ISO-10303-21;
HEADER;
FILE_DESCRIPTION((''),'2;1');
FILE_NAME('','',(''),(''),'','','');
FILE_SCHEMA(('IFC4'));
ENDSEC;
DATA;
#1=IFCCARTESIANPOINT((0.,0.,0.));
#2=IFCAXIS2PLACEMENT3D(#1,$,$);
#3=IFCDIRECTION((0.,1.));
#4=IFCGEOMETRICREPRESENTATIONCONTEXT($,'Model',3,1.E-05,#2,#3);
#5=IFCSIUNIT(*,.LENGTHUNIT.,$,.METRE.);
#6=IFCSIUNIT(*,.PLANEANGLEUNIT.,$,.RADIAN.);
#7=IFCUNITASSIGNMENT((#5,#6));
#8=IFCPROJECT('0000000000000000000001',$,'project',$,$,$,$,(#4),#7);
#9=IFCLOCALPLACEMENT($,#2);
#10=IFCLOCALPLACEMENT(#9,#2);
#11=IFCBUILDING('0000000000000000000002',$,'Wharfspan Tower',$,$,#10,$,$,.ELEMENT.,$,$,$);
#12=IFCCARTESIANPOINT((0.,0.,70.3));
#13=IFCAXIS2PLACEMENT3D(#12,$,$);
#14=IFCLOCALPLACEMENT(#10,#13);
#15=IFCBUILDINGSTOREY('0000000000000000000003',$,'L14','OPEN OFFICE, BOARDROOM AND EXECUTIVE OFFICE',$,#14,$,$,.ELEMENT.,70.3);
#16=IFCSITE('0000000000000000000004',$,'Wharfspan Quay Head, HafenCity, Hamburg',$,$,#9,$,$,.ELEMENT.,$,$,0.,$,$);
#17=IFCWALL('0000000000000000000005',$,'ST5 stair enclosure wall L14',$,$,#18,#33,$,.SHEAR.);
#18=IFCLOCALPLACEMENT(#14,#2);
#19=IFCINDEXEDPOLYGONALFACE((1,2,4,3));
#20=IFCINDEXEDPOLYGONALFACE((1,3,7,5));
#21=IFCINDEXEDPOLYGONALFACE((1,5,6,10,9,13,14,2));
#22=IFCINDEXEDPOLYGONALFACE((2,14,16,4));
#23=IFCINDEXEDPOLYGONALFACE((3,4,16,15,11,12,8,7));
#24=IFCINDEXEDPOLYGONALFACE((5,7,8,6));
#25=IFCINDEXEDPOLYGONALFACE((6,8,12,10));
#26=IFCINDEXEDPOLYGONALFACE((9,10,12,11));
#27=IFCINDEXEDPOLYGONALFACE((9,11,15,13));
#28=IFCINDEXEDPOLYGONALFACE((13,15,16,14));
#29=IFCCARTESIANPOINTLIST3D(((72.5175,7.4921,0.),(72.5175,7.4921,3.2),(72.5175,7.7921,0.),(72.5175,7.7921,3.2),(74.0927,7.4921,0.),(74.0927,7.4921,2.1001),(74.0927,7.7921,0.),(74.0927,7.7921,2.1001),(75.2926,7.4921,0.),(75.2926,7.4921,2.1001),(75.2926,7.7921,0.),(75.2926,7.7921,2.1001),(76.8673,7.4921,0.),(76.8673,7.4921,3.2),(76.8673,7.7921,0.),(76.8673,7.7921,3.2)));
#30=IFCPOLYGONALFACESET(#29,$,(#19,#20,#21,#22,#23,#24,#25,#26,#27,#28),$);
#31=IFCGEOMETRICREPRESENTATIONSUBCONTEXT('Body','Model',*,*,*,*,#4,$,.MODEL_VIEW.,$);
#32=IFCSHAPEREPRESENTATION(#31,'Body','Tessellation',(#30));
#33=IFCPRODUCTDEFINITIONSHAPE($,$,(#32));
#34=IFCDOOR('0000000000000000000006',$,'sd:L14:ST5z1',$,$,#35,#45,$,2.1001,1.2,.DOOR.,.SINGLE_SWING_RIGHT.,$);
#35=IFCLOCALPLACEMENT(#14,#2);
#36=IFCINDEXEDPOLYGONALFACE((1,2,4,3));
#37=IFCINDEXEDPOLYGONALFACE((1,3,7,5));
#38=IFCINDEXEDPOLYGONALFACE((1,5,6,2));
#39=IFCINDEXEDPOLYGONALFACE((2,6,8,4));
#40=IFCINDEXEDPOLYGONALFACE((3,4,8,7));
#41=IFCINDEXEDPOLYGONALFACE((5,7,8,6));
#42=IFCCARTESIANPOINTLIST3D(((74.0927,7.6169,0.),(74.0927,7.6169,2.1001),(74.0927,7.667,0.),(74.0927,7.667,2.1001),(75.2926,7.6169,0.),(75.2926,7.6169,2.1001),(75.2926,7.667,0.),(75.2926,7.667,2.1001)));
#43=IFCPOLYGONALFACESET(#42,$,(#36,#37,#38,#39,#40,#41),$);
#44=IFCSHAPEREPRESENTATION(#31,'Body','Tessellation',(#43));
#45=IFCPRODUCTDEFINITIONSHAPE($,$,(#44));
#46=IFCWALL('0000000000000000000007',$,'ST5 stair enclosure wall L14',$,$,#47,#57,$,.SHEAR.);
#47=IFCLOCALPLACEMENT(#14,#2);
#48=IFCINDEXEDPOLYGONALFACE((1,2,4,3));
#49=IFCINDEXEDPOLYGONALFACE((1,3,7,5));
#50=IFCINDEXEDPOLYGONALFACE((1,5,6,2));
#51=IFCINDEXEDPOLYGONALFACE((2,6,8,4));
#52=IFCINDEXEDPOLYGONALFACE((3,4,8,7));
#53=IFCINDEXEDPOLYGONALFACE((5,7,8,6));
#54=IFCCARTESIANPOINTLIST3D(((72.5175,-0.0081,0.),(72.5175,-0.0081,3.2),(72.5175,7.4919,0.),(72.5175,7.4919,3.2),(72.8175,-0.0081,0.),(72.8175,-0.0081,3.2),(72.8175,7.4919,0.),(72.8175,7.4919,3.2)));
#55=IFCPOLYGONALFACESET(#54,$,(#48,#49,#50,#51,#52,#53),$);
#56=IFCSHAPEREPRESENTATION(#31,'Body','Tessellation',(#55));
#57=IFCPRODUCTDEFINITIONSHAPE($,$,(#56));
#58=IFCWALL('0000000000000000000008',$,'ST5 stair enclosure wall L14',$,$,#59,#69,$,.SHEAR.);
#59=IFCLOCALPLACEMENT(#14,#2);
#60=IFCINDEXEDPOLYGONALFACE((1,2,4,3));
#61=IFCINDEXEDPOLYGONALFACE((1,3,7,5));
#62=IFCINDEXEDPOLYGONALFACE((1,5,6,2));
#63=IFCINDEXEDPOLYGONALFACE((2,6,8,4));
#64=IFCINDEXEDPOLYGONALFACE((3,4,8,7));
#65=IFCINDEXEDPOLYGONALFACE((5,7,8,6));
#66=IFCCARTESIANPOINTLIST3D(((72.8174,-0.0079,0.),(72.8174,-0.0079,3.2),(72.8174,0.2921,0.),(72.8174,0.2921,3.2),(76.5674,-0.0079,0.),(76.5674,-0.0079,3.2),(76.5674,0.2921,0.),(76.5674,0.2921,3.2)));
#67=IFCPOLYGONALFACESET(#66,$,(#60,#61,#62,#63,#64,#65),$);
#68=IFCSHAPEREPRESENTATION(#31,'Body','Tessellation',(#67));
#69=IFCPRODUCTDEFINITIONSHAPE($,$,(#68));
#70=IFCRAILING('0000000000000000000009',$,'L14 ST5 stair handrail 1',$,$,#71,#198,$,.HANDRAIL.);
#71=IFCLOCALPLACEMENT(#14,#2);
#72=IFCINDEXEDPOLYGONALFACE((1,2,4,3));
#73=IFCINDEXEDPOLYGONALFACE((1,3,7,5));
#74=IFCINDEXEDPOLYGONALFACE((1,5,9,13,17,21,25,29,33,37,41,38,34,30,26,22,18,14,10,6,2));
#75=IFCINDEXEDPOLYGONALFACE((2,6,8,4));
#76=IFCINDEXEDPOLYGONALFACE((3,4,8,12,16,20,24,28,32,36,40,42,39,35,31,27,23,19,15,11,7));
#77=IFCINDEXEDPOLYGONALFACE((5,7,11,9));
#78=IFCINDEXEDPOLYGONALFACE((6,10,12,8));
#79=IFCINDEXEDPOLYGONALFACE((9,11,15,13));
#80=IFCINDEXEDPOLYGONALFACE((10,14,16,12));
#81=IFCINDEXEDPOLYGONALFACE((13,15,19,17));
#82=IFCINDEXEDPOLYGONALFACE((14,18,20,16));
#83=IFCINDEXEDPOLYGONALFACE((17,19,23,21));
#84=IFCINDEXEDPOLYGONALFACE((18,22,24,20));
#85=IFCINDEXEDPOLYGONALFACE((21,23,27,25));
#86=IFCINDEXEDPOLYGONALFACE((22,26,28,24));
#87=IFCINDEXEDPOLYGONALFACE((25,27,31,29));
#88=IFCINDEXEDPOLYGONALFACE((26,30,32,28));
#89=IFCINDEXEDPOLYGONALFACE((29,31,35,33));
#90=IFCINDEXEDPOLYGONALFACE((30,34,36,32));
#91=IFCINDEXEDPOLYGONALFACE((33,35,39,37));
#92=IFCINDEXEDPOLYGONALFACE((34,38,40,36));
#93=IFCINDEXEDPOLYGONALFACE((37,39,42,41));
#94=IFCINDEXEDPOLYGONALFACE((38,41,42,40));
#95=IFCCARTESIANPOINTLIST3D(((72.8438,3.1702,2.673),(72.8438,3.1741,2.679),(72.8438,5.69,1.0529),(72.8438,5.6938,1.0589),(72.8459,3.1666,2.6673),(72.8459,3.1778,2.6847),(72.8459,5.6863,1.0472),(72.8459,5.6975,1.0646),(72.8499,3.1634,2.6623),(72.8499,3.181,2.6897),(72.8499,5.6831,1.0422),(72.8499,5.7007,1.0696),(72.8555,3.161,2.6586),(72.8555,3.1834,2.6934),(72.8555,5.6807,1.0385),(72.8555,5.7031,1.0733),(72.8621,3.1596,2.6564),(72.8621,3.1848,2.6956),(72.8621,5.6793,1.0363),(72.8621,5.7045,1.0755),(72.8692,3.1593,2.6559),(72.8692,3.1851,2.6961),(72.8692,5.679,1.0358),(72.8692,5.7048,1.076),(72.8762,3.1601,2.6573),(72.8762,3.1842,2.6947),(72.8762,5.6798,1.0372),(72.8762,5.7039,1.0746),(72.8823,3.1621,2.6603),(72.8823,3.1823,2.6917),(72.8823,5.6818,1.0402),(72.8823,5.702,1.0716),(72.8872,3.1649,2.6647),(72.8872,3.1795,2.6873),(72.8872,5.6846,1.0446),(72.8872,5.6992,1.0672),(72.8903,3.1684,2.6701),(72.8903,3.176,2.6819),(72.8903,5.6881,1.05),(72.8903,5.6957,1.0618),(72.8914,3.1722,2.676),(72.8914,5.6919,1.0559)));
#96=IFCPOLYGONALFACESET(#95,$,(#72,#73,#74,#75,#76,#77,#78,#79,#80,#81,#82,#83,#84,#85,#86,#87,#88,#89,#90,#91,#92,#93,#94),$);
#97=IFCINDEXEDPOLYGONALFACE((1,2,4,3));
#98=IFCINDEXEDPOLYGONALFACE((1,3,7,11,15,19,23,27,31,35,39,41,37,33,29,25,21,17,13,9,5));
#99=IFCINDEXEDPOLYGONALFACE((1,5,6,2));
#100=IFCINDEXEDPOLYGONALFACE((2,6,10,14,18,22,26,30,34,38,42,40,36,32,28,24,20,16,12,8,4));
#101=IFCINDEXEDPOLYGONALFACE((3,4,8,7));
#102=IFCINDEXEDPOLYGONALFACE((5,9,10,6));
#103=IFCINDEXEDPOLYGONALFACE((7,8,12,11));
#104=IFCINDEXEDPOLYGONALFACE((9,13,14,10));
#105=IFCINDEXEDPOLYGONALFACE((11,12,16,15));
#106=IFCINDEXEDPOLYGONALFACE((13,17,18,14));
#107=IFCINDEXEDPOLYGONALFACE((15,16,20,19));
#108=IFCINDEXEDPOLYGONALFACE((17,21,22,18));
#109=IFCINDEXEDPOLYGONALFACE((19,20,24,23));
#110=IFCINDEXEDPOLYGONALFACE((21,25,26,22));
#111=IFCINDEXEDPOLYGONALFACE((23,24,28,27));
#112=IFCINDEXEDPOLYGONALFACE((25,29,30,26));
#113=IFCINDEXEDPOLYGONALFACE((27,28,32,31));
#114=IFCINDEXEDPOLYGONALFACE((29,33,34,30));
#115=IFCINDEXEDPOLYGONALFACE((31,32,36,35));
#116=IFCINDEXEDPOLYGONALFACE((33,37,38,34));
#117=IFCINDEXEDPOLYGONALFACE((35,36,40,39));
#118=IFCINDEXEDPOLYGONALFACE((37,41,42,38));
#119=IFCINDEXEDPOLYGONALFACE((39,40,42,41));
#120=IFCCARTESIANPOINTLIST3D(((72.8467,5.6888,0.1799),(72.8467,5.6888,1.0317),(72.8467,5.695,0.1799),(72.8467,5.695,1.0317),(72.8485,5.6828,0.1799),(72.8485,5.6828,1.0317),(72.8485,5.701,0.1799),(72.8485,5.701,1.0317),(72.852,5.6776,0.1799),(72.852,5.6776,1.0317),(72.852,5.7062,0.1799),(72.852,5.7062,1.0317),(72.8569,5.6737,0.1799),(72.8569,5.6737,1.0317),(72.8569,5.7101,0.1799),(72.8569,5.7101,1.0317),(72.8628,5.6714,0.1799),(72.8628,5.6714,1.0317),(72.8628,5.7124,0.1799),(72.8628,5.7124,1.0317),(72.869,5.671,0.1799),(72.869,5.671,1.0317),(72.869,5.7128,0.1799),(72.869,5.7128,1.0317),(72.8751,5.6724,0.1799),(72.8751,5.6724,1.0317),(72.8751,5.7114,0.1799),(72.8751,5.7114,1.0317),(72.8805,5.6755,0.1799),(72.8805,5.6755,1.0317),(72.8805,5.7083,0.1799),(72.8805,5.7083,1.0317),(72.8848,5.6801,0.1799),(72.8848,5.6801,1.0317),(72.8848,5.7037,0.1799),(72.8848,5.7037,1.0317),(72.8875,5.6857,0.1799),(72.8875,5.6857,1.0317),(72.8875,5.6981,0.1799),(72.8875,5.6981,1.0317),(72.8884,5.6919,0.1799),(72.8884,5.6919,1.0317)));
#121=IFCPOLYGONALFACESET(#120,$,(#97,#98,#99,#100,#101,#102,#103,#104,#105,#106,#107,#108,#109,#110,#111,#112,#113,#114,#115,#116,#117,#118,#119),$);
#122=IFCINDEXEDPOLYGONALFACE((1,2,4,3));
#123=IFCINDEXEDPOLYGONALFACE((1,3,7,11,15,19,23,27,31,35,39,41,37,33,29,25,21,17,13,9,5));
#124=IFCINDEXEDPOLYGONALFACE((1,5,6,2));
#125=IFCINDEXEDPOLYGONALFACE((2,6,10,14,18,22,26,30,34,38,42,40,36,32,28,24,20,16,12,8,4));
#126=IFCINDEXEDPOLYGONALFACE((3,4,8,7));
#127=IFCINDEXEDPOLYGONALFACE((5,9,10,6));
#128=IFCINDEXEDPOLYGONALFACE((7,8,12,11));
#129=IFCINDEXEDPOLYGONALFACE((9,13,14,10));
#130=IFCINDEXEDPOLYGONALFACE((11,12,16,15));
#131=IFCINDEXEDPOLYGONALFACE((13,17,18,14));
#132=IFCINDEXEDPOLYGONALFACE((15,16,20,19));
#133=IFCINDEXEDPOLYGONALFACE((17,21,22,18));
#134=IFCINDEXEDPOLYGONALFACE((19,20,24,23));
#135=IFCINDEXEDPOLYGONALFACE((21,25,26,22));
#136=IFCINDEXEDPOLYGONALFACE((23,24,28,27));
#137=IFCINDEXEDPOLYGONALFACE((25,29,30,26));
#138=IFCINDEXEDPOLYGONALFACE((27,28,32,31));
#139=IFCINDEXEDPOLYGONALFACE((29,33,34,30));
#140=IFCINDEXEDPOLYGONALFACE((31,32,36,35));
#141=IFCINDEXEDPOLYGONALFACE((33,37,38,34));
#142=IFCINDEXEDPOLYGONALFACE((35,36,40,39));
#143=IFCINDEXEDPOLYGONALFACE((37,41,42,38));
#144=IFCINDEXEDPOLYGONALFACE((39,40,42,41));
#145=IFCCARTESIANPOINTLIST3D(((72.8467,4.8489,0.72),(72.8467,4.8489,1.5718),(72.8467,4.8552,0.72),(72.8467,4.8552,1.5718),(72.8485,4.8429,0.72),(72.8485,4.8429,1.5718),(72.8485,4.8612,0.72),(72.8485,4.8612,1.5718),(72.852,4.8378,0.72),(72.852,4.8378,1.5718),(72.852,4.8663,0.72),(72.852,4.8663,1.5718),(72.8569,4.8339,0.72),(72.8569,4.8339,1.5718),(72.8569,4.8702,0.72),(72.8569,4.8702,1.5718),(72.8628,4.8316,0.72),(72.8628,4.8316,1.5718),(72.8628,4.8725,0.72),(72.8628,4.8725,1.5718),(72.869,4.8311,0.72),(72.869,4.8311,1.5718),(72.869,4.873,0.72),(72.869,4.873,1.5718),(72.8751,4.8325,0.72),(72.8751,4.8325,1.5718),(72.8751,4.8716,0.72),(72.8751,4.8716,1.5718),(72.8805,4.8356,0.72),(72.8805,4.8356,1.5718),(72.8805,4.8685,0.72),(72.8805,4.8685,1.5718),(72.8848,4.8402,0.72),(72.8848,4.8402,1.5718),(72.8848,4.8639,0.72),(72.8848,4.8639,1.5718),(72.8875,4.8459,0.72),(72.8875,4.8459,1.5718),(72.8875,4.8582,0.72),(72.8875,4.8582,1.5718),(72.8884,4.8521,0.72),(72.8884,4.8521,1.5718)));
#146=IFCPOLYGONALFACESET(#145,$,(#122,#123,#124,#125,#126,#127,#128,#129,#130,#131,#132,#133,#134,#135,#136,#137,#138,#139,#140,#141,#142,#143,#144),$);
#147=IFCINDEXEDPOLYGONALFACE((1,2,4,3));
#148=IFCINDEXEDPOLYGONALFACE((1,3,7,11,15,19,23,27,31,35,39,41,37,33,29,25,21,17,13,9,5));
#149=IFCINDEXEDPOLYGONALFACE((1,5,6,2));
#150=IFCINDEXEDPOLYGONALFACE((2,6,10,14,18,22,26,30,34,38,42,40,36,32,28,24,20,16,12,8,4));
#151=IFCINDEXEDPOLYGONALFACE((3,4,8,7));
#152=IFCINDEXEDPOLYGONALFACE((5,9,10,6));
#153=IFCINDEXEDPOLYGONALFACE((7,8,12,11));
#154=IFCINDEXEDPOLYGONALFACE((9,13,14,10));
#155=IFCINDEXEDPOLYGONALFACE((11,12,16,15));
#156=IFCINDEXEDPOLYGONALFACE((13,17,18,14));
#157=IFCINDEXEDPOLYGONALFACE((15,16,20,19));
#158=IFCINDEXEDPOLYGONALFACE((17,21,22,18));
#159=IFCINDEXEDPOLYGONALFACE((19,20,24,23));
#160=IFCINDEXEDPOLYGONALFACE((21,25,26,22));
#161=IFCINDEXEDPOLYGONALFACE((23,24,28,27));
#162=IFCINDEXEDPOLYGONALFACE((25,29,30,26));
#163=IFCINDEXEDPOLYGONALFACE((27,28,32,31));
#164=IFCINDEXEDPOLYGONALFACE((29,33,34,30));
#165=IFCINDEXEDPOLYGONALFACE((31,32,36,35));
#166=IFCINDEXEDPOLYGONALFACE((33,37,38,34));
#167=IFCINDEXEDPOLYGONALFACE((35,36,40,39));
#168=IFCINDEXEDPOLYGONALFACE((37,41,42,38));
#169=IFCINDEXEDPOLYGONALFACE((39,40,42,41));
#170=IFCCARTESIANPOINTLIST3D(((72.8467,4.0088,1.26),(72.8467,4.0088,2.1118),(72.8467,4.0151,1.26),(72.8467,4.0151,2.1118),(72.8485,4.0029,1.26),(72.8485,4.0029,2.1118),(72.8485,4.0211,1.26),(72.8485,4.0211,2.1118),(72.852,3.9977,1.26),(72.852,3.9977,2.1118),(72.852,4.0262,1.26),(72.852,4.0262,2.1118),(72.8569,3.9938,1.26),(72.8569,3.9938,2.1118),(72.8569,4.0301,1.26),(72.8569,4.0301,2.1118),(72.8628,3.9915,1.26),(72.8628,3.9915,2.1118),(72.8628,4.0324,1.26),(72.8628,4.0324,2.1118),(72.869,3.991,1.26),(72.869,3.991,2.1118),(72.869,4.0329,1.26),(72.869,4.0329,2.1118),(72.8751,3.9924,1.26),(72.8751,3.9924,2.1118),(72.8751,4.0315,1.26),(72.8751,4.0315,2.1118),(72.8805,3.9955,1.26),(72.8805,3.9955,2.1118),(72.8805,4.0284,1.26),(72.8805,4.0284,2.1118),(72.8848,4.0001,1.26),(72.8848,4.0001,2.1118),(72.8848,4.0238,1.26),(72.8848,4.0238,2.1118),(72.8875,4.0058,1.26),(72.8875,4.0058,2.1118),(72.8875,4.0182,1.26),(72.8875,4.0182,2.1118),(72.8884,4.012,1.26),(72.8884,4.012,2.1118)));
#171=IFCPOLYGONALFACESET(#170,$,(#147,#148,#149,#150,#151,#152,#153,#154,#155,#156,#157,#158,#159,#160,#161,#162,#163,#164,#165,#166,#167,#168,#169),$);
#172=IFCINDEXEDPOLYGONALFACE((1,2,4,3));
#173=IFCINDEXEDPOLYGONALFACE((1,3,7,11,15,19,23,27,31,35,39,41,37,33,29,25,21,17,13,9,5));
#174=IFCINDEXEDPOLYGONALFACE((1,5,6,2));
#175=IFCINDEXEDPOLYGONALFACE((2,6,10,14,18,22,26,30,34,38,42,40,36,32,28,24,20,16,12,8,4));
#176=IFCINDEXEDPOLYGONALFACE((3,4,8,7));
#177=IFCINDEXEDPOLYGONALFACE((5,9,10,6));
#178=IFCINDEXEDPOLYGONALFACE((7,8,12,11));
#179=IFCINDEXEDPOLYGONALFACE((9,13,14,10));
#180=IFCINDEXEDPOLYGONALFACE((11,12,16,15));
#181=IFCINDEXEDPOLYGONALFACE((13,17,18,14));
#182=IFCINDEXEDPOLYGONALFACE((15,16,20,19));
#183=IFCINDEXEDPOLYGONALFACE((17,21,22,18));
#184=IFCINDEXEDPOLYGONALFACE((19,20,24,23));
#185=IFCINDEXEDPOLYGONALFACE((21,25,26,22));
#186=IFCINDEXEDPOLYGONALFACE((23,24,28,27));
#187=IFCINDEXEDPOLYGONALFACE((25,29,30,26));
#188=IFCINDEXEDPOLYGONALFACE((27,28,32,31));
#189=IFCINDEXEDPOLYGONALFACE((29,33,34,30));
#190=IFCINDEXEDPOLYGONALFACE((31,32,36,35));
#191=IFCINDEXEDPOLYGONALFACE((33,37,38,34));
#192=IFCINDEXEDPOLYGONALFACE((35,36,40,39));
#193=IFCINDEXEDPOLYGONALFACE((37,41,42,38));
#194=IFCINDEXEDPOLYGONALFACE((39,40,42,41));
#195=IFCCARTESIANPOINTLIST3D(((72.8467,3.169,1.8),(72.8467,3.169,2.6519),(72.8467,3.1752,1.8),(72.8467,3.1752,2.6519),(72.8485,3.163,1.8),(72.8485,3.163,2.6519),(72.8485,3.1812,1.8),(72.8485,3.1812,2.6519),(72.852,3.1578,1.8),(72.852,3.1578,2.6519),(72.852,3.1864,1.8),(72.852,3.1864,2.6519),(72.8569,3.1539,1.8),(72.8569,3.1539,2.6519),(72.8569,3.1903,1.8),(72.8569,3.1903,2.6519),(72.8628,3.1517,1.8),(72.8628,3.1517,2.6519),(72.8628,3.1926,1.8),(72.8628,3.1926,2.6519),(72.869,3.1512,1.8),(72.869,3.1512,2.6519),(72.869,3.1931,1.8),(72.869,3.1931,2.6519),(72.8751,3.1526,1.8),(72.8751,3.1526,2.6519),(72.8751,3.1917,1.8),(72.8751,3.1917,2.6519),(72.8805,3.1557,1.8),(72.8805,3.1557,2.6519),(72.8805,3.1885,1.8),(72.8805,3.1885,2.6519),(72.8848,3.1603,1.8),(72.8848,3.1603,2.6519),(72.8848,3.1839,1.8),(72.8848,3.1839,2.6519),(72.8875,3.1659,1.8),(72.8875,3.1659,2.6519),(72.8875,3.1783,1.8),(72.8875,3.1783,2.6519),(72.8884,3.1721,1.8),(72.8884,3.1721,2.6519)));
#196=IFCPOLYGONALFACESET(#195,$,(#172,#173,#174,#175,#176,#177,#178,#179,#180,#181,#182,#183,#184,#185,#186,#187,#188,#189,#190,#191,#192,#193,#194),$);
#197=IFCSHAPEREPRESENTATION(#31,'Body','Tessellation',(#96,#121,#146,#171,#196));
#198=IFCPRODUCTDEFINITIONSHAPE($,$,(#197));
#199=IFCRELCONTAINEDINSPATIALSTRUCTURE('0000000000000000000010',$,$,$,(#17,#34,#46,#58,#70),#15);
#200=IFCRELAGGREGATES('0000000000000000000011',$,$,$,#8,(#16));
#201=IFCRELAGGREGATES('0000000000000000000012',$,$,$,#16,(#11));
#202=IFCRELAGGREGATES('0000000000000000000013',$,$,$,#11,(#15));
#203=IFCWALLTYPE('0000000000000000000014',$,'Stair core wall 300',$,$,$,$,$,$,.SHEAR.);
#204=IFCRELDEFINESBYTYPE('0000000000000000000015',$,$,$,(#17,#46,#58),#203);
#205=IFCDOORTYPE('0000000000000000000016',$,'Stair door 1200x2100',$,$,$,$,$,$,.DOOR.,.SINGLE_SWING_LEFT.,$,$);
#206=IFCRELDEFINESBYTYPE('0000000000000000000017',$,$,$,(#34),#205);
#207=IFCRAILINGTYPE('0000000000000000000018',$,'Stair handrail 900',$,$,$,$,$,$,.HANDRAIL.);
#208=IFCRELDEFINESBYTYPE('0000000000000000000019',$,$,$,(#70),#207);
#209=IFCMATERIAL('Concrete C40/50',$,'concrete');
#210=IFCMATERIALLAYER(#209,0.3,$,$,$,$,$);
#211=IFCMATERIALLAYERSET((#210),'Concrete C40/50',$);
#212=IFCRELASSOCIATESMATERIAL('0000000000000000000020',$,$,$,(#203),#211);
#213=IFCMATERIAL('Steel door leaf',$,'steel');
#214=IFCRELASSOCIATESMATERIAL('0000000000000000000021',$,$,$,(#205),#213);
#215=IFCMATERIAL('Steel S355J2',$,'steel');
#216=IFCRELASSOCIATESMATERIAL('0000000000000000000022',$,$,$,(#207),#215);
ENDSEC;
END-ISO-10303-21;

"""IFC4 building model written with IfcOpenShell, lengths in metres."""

from ifc_helpers import new_model, si_unit, direction, frame, frame_2d, origin, origin_2d, place, context, subcontext, project, spatial, rectangle, circle, extrude, material, layer, layer_set, type_object, element, fill, save


model = new_model("IFC4")

# Units and contexts
model_context = context("Model", 3, precision=1e-05, world=origin(), true_north=direction((0.0, 1.0)))
body_context = subcontext(model_context, "Body", "Model", "MODEL_VIEW")
ifc_project = project(units=[si_unit("LENGTHUNIT", "METRE"), si_unit("PLANEANGLEUNIT", "RADIAN")], contexts=[model_context])

# Site, building, storey
site_placement = place(None, origin())
site = spatial("IfcSite", under=ifc_project, at=site_placement, Name="Wharfspan Quay Head, HafenCity, Hamburg", CompositionType="ELEMENT", RefElevation=0.0)
building_placement = place(site_placement, origin())
building = spatial("IfcBuilding", under=site, at=building_placement, Name="Wharfspan Tower", CompositionType="ELEMENT")
storey_placement = place(building_placement, frame((0.0, 0.0, 70.3)))
storey = spatial("IfcBuildingStorey", under=building, at=storey_placement, Name="L14", Description="OPEN OFFICE, BOARDROOM AND EXECUTIVE OFFICE", CompositionType="ELEMENT", Elevation=70.3)

# Shared definitions
ifc_material_1 = material(Name="Steel S355J2", Category="steel")

# Wall, opening, door
ifc_material_2 = material(Name="Concrete C40/50", Category="concrete")
ifc_layer_1 = layer(ifc_material_2, 0.3)
ifc_layer_set_1 = layer_set([ifc_layer_1], Name="Concrete C40/50")
wall_type_1 = type_object("IfcWallType", Name="Stair core wall 300", PredefinedType="SHEAR", material=ifc_layer_set_1)
wall_1_placement = place(storey_placement, frame((72.5176, 7.6421, 0.0), z_axis=(0.0, 0.0, 1.0), x_axis=(1.0, 0.0, 0.0)))
wall_1 = element("IfcWall", 1, at=wall_1_placement, inside=storey, type_object=wall_type_1, Name="ST5 stair enclosure wall L14", PredefinedType="SHEAR", context=body_context, shape_type="SweptSolid", body=[
    extrude(rectangle(XDim=4.3499, YDim=0.3, at=frame_2d((2.1748, 0.0))), origin(), (0.0, 0.0, 1.0), 3.2),
])
opening_1_placement = place(wall_1_placement, frame((1.575, 0.0, 0.0)))
opening_1 = element("IfcOpeningElement", 2, at=opening_1_placement, cuts=wall_1, PredefinedType="OPENING", context=body_context, shape_type="SweptSolid", body=[
    extrude(rectangle(XDim=1.2, YDim=2.1001, at=frame_2d((0.6001, 1.05))), frame((0.0, 0.1599, 0.0), z_axis=(0.0, -1.0, 0.0), x_axis=(1.0, 0.0, 0.0)), (0.0, 0.0, 1.0), 0.3201),
])
ifc_material_3 = material(Name="Steel door leaf", Category="steel")
door_type_1 = type_object("IfcDoorType", Name="Stair door 1200x2100", OperationType="SINGLE_SWING_LEFT", PredefinedType="DOOR", material=ifc_material_3)
door_1_placement = place(opening_1_placement, origin())
door_1 = element("IfcDoor", 3, at=door_1_placement, inside=storey, type_object=door_type_1, Name="sd:L14:ST5z1", OperationType="SINGLE_SWING_RIGHT", OverallHeight=2.1001, OverallWidth=1.2, PredefinedType="DOOR", context=body_context, shape_type="SweptSolid", body=[
    extrude(rectangle(XDim=1.2, YDim=2.1001, at=frame_2d((0.6001, 1.05))), frame((0.0, 0.0249, 0.0), z_axis=(0.0, -1.0, 0.0), x_axis=(1.0, 0.0, 0.0)), (0.0, 0.0, 1.0), 0.05),
])
fill(opening_1, door_1)

# Walls
wall_2_placement = place(storey_placement, frame((72.6675, -0.0081, 0.0), z_axis=(0.0, 0.0, 1.0), x_axis=(0.0, 1.0, 0.0)))
element("IfcWall", 4, at=wall_2_placement, inside=storey, type_object=wall_type_1, Name="ST5 stair enclosure wall L14", PredefinedType="SHEAR", context=body_context, shape_type="SweptSolid", body=[
    extrude(rectangle(XDim=7.5, YDim=0.3, at=frame_2d((3.75, 0.0))), origin(), (0.0, 0.0, 1.0), 3.2),
])
wall_3_placement = place(storey_placement, frame((72.8174, 0.1421, 0.0), z_axis=(0.0, 0.0, 1.0), x_axis=(1.0, 0.0, 0.0)))
element("IfcWall", 5, at=wall_3_placement, inside=storey, type_object=wall_type_1, Name="ST5 stair enclosure wall L14", PredefinedType="SHEAR", context=body_context, shape_type="SweptSolid", body=[
    extrude(rectangle(XDim=3.75, YDim=0.3, at=frame_2d((1.875, 0.0))), origin(), (0.0, 0.0, 1.0), 3.2),
])

# Railing
railing_type = type_object("IfcRailingType", Name="Stair handrail 900", PredefinedType="HANDRAIL", material=ifc_material_1)
railing_placement = place(storey_placement, frame((72.8674, 5.6919, 0.1799)))
element("IfcRailing", 6, at=railing_placement, inside=storey, type_object=railing_type, Name="L14 ST5 stair handrail 1", PredefinedType="HANDRAIL", context=body_context, shape_type="SweptSolid", body=[
    extrude(circle(Radius=0.0239, at=origin_2d()), frame((0.0, 0.0, 0.876), z_axis=(0.0, -0.841139, 0.540819), x_axis=(1.0, 0.0, 0.0)), (0.0, 0.0, 1.0), 2.9956),
    extrude(circle(Radius=0.021, at=origin_2d()), origin(), (0.0, 0.0, 1.0), 0.8518),
    extrude(circle(Radius=0.021, at=origin_2d()), frame((0.0, -0.8398, 0.54)), (0.0, 0.0, 1.0), 0.8518),
    extrude(circle(Radius=0.021, at=origin_2d()), frame((0.0, -1.6799, 1.0801)), (0.0, 0.0, 1.0), 0.8518),
    extrude(circle(Radius=0.021, at=origin_2d()), frame((0.0, -2.5198, 1.6201)), (0.0, 0.0, 1.0), 0.8518),
])

save(model, "model.ifc")
